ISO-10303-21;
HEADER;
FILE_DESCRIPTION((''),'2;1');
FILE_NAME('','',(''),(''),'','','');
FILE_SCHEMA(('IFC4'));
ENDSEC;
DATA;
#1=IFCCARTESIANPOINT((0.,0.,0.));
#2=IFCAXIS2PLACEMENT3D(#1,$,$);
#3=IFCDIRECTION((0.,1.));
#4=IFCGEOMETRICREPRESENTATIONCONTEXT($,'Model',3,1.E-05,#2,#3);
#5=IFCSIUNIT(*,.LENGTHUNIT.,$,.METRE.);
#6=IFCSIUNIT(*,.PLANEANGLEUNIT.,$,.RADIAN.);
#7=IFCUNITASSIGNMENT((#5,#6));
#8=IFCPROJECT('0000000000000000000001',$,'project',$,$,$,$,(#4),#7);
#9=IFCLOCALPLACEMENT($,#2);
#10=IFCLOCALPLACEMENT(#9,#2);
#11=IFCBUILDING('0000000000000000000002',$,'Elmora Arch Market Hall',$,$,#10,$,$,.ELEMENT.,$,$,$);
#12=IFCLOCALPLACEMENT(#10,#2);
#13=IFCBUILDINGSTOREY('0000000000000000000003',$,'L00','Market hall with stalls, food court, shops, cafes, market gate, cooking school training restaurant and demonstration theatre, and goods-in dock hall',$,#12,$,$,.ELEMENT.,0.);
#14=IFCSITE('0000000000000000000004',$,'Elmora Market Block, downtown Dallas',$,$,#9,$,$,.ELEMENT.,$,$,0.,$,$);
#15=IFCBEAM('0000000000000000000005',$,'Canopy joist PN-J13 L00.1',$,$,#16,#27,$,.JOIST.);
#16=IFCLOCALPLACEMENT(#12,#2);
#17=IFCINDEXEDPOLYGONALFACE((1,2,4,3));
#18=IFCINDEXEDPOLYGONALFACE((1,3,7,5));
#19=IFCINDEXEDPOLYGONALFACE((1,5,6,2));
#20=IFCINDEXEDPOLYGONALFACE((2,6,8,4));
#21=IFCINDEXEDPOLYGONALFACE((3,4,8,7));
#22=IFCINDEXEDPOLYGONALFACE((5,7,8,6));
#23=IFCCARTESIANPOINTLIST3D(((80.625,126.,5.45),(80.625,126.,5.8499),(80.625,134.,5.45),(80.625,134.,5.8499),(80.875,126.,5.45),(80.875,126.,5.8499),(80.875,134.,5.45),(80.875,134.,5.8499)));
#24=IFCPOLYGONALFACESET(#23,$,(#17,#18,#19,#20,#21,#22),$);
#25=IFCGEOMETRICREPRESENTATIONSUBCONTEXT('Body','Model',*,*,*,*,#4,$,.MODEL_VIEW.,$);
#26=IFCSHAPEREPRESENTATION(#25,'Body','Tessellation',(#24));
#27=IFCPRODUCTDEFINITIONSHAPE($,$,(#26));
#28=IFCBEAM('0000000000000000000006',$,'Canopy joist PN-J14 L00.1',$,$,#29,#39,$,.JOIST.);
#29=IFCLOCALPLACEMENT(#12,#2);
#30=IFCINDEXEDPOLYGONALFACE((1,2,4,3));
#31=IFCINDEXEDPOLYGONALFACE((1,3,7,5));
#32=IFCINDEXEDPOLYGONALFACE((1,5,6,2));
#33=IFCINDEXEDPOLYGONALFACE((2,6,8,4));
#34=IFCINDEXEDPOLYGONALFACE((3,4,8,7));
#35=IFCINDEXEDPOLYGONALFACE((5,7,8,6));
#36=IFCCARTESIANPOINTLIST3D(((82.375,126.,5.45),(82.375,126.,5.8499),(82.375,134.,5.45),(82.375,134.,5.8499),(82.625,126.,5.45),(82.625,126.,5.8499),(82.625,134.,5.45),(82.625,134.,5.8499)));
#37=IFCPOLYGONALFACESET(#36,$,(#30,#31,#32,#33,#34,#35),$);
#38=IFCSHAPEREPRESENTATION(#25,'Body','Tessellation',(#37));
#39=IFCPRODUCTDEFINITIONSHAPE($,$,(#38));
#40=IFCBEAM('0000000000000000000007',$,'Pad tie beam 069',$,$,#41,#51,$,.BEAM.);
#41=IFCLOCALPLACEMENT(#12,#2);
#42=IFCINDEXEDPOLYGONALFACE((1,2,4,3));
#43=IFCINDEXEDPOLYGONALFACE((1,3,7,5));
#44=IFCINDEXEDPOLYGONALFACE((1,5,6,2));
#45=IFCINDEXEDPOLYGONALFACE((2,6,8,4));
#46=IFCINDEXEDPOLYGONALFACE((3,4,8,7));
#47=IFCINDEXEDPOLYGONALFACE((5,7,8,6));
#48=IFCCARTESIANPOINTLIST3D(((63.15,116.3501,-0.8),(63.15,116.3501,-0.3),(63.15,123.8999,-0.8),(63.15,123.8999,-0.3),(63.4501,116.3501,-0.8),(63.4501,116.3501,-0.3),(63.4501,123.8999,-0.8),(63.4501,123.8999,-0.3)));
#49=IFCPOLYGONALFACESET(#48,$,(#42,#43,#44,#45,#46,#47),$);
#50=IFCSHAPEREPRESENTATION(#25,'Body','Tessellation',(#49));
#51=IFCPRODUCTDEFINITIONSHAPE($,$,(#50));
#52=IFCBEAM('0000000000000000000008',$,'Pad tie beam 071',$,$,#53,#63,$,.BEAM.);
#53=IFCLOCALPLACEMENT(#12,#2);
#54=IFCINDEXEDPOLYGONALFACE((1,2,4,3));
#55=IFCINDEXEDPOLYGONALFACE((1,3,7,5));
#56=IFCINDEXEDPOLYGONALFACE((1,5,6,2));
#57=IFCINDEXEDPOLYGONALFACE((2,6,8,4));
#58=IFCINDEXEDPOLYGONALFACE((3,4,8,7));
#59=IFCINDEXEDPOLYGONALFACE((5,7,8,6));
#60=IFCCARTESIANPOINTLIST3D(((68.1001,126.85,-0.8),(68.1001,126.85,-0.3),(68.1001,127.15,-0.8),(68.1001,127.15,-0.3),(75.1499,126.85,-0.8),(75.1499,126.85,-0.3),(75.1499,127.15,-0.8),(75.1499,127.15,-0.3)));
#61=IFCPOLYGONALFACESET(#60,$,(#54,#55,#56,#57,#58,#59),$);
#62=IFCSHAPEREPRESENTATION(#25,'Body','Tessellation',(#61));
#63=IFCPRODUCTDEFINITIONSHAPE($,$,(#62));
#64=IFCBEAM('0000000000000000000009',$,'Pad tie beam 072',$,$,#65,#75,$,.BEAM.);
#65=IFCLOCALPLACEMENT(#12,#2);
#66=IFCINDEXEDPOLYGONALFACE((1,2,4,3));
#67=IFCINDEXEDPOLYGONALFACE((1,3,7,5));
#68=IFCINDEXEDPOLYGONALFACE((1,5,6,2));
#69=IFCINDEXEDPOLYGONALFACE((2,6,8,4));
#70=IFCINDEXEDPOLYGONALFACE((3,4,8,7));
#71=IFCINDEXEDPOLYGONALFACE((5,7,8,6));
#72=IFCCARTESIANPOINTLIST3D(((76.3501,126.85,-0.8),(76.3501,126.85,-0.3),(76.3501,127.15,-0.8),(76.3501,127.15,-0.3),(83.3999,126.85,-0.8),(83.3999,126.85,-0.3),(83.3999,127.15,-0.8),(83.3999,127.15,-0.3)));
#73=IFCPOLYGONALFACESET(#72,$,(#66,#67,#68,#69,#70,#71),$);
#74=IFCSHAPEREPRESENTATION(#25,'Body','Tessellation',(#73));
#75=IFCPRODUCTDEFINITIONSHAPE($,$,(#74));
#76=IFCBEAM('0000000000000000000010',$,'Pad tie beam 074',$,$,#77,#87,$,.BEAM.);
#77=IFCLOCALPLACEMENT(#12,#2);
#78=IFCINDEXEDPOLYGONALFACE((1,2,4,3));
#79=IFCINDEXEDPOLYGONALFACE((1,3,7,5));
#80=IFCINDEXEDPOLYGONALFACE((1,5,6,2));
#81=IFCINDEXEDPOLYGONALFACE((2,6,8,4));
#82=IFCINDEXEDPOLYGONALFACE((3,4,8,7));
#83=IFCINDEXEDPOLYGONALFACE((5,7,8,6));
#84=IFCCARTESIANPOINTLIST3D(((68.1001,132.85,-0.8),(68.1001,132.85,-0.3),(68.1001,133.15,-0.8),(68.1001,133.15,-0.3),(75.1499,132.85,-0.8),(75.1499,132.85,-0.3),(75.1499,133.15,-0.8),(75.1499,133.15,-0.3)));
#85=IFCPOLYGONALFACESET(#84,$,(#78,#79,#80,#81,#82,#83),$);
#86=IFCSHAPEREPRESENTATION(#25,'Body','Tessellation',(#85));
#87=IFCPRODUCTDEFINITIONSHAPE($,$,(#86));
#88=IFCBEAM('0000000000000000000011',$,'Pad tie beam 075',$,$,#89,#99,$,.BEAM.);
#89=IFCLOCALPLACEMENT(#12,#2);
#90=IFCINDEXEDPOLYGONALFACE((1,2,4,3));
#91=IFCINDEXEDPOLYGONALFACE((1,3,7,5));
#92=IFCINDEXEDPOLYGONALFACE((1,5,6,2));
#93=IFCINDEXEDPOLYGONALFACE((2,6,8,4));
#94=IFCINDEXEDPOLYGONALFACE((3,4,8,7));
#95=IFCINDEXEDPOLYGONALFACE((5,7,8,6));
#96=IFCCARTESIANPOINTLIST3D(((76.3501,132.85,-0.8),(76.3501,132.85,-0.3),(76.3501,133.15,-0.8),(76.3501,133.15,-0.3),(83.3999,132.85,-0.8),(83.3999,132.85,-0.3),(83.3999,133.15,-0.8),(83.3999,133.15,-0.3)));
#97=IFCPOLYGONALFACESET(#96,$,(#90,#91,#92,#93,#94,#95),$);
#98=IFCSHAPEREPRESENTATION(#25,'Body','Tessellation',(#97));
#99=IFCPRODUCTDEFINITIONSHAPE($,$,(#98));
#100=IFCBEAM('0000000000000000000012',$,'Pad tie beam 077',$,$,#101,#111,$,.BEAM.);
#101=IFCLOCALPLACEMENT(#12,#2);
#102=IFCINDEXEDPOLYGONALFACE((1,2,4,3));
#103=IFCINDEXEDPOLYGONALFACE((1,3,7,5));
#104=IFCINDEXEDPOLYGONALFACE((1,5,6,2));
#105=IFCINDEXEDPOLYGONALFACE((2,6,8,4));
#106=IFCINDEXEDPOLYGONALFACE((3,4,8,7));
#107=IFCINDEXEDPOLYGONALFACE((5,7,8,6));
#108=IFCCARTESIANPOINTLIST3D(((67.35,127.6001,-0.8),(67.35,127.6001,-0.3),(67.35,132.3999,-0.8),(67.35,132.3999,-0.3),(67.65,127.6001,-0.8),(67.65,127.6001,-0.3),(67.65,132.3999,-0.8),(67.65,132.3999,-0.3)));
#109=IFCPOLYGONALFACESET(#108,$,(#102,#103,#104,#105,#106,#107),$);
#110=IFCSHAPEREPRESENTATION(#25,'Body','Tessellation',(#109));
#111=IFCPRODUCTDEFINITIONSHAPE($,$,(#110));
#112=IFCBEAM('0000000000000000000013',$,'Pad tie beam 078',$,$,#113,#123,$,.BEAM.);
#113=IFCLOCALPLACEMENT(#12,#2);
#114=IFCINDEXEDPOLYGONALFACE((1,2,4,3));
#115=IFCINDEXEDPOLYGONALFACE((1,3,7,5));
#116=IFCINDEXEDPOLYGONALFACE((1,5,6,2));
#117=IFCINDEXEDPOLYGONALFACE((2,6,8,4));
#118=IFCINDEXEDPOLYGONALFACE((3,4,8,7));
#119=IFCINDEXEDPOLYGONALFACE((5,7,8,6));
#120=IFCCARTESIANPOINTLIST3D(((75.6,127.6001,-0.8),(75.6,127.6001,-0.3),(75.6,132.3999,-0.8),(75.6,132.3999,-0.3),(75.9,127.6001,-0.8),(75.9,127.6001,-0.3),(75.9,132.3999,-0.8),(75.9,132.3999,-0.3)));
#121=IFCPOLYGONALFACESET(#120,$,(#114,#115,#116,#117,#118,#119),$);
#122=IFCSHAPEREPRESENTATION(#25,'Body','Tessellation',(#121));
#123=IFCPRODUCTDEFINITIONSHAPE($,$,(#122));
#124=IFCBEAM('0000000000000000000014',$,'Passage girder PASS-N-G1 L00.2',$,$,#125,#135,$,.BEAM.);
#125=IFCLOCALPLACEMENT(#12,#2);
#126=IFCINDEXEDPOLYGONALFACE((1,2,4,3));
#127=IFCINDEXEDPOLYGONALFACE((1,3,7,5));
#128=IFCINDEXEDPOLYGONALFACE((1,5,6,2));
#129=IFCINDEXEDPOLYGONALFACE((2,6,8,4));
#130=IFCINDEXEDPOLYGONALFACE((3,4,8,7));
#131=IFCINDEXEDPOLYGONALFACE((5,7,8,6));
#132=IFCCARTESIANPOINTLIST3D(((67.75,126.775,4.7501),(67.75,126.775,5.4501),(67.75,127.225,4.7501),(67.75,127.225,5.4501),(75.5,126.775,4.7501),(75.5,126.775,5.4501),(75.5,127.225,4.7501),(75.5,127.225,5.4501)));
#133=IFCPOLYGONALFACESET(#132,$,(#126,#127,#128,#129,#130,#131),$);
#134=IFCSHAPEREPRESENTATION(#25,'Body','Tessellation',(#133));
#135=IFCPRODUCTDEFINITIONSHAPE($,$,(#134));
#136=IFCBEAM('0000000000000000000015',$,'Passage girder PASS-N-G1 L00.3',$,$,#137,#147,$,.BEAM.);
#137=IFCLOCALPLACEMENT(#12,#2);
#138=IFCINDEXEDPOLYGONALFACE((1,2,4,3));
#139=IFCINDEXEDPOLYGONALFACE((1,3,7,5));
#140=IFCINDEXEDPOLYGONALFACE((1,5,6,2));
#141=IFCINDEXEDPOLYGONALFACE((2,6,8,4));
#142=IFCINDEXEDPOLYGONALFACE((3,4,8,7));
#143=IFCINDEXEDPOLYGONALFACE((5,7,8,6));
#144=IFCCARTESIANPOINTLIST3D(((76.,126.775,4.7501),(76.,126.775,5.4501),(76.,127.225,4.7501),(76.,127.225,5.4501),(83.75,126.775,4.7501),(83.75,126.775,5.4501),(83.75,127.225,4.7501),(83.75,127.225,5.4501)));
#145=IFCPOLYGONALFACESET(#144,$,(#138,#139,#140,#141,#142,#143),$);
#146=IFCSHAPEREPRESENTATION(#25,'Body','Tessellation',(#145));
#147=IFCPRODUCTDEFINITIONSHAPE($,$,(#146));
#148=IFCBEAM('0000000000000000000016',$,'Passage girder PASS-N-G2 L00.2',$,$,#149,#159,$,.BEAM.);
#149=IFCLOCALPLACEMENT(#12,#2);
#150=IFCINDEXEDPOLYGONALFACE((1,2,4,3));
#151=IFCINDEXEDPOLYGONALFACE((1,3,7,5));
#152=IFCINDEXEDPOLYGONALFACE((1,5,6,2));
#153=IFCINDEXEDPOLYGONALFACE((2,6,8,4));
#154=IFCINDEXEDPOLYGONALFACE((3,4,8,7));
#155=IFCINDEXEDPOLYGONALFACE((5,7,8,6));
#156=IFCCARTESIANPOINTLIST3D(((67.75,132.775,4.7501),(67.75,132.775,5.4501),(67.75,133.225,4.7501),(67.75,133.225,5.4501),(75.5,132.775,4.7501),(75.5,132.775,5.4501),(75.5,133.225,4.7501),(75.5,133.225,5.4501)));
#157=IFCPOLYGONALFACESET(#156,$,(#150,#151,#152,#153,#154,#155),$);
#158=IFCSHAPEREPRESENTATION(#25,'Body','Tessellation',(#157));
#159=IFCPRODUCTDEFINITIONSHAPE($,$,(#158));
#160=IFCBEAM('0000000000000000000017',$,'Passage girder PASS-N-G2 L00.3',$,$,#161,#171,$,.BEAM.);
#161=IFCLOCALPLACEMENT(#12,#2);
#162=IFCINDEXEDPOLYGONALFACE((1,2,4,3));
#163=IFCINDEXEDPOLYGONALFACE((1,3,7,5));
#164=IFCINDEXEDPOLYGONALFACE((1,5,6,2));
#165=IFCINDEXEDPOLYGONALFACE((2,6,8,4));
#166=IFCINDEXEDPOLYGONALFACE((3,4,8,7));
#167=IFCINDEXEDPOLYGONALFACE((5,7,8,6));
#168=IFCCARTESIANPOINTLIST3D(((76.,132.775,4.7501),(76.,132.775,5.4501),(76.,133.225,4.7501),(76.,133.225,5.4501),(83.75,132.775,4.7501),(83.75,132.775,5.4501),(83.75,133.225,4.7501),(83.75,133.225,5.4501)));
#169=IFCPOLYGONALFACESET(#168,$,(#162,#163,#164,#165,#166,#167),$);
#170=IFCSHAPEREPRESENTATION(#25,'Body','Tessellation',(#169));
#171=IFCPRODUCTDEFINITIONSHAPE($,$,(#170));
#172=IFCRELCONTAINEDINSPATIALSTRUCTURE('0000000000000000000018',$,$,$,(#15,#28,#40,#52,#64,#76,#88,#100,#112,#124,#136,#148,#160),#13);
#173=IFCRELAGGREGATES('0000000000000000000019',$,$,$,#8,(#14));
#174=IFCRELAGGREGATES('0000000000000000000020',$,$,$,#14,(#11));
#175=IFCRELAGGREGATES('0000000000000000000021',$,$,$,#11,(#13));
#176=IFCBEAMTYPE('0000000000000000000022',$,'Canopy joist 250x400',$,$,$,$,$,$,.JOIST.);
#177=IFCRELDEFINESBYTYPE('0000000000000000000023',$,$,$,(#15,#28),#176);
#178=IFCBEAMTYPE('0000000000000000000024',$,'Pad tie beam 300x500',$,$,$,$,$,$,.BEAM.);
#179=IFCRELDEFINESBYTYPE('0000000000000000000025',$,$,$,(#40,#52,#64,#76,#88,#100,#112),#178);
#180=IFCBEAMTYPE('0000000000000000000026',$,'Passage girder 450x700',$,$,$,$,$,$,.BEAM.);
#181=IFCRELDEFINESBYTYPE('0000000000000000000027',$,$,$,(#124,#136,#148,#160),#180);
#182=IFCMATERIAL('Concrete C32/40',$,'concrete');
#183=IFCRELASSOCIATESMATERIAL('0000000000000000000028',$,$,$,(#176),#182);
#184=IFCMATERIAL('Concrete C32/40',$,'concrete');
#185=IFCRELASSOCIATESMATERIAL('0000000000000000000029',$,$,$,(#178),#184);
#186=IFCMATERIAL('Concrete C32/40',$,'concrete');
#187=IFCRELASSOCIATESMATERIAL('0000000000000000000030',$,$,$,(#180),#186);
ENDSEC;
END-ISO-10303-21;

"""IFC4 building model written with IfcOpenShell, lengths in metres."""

from ifc_helpers import new_model, si_unit, direction, frame, origin, origin_2d, place, context, subcontext, project, spatial, rectangle, extrude, material, material_profile, profile_set, type_object, element, save


model = new_model("IFC4")

# Units and contexts
model_context = context("Model", 3, precision=1e-05, world=origin(), true_north=direction((0.0, 1.0)))
body_context = subcontext(model_context, "Body", "Model", "MODEL_VIEW")
ifc_project = project(units=[si_unit("LENGTHUNIT", "METRE"), si_unit("PLANEANGLEUNIT", "RADIAN")], contexts=[model_context])

# Site, building, storey
site_placement = place(None, origin())
site = spatial("IfcSite", under=ifc_project, at=site_placement, Name="Elmora Market Block, downtown Dallas", CompositionType="ELEMENT", RefElevation=0.0)
building_placement = place(site_placement, origin())
building = spatial("IfcBuilding", under=site, at=building_placement, Name="Elmora Arch Market Hall", CompositionType="ELEMENT")
storey_placement = place(building_placement, origin())
storey = spatial("IfcBuildingStorey", under=building, at=storey_placement, Name="L00", Description="Market hall with stalls, food court, shops, cafes, market gate, cooking school training restaurant and demonstration theatre, and goods-in dock hall", CompositionType="ELEMENT", Elevation=0.0)

# Beams
ifc_material_1 = material(Name="Concrete C32/40", Category="concrete")
ifc_material_profile_1 = material_profile(ifc_material_1, rectangle(XDim=0.25, YDim=0.3999, at=origin_2d()), Name="Canopy joist 250x400")
ifc_profile_set_1 = profile_set([ifc_material_profile_1], Name="Concrete C32/40")
beam_type_1 = type_object("IfcBeamType", Name="Canopy joist 250x400", PredefinedType="JOIST", material=ifc_profile_set_1)
for number, where, z_axis, x_axis, name in (
    (1, (80.75, 126.0, 5.6499), (0.0, 1.0, 0.0), (-1.0, 0.0, 0.0), "Canopy joist PN-J13 L00.1"),
    (2, (82.5, 126.0, 5.6499), (0.0, 1.0, 0.0), (-1.0, 0.0, 0.0), "Canopy joist PN-J14 L00.1"),
):
    element("IfcBeam", number, at=place(storey_placement, frame(where, z_axis=z_axis, x_axis=x_axis)), inside=storey, type_object=beam_type_1, Name=name, PredefinedType="JOIST", context=body_context, shape_type="SweptSolid", body=[
        extrude(rectangle(XDim=0.25, YDim=0.3999, at=origin_2d()), origin(), (0.0, 0.0, 1.0), 8.0),
    ])
ifc_material_2 = material(Name="Concrete C32/40", Category="concrete")
ifc_material_profile_2 = material_profile(ifc_material_2, rectangle(XDim=0.3, YDim=0.5, at=origin_2d()), Name="Pad tie beam 300x500")
ifc_profile_set_2 = profile_set([ifc_material_profile_2], Name="Concrete C32/40")
beam_type_2 = type_object("IfcBeamType", Name="Pad tie beam 300x500", PredefinedType="BEAM", material=ifc_profile_set_2)
beam_placement = place(storey_placement, frame((63.3, 116.3501, -0.55), z_axis=(0.0, 1.0, 0.0), x_axis=(-1.0, 0.0, 0.0)))
element("IfcBeam", 3, at=beam_placement, inside=storey, type_object=beam_type_2, Name="Pad tie beam 069", PredefinedType="BEAM", context=body_context, shape_type="SweptSolid", body=[
    extrude(rectangle(XDim=0.3, YDim=0.5, at=origin_2d()), origin(), (0.0, 0.0, 1.0), 7.5498),
])
for number, where, z_axis, x_axis, name in (
    (4, (68.1001, 127.0, -0.55), (1.0, 0.0, 0.0), (0.0, 1.0, 0.0), "Pad tie beam 071"),
    (5, (76.3501, 127.0, -0.55), (1.0, 0.0, 0.0), (0.0, 1.0, 0.0), "Pad tie beam 072"),
    (6, (68.1001, 133.0, -0.55), (1.0, 0.0, 0.0), (0.0, 1.0, 0.0), "Pad tie beam 074"),
    (7, (76.3501, 133.0, -0.55), (1.0, 0.0, 0.0), (0.0, 1.0, 0.0), "Pad tie beam 075"),
):
    element("IfcBeam", number, at=place(storey_placement, frame(where, z_axis=z_axis, x_axis=x_axis)), inside=storey, type_object=beam_type_2, Name=name, PredefinedType="BEAM", context=body_context, shape_type="SweptSolid", body=[
        extrude(rectangle(XDim=0.3, YDim=0.5, at=origin_2d()), origin(), (0.0, 0.0, 1.0), 7.0498),
    ])
for number, where, z_axis, x_axis, name in (
    (8, (67.5, 127.6001, -0.55), (0.0, 1.0, 0.0), (-1.0, 0.0, 0.0), "Pad tie beam 077"),
    (9, (75.75, 127.6001, -0.55), (0.0, 1.0, 0.0), (-1.0, 0.0, 0.0), "Pad tie beam 078"),
):
    element("IfcBeam", number, at=place(storey_placement, frame(where, z_axis=z_axis, x_axis=x_axis)), inside=storey, type_object=beam_type_2, Name=name, PredefinedType="BEAM", context=body_context, shape_type="SweptSolid", body=[
        extrude(rectangle(XDim=0.3, YDim=0.5, at=origin_2d()), origin(), (0.0, 0.0, 1.0), 4.7998),
    ])
ifc_material_3 = material(Name="Concrete C32/40", Category="concrete")
ifc_material_profile_3 = material_profile(ifc_material_3, rectangle(XDim=0.45, YDim=0.7, at=origin_2d()), Name="Passage girder 450x700")
ifc_profile_set_3 = profile_set([ifc_material_profile_3], Name="Concrete C32/40")
beam_type_3 = type_object("IfcBeamType", Name="Passage girder 450x700", PredefinedType="BEAM", material=ifc_profile_set_3)
for number, where, z_axis, x_axis, name in (
    (10, (67.75, 127.0, 5.1001), (1.0, 0.0, 0.0), (0.0, 1.0, 0.0), "Passage girder PASS-N-G1 L00.2"),
    (11, (76.0, 127.0, 5.1001), (1.0, 0.0, 0.0), (0.0, 1.0, 0.0), "Passage girder PASS-N-G1 L00.3"),
    (12, (67.75, 133.0, 5.1001), (1.0, 0.0, 0.0), (0.0, 1.0, 0.0), "Passage girder PASS-N-G2 L00.2"),
    (13, (76.0, 133.0, 5.1001), (1.0, 0.0, 0.0), (0.0, 1.0, 0.0), "Passage girder PASS-N-G2 L00.3"),
):
    element("IfcBeam", number, at=place(storey_placement, frame(where, z_axis=z_axis, x_axis=x_axis)), inside=storey, type_object=beam_type_3, Name=name, PredefinedType="BEAM", context=body_context, shape_type="SweptSolid", body=[
        extrude(rectangle(XDim=0.45, YDim=0.7, at=origin_2d()), origin(), (0.0, 0.0, 1.0), 7.75),
    ])

save(model, "model.ifc")
